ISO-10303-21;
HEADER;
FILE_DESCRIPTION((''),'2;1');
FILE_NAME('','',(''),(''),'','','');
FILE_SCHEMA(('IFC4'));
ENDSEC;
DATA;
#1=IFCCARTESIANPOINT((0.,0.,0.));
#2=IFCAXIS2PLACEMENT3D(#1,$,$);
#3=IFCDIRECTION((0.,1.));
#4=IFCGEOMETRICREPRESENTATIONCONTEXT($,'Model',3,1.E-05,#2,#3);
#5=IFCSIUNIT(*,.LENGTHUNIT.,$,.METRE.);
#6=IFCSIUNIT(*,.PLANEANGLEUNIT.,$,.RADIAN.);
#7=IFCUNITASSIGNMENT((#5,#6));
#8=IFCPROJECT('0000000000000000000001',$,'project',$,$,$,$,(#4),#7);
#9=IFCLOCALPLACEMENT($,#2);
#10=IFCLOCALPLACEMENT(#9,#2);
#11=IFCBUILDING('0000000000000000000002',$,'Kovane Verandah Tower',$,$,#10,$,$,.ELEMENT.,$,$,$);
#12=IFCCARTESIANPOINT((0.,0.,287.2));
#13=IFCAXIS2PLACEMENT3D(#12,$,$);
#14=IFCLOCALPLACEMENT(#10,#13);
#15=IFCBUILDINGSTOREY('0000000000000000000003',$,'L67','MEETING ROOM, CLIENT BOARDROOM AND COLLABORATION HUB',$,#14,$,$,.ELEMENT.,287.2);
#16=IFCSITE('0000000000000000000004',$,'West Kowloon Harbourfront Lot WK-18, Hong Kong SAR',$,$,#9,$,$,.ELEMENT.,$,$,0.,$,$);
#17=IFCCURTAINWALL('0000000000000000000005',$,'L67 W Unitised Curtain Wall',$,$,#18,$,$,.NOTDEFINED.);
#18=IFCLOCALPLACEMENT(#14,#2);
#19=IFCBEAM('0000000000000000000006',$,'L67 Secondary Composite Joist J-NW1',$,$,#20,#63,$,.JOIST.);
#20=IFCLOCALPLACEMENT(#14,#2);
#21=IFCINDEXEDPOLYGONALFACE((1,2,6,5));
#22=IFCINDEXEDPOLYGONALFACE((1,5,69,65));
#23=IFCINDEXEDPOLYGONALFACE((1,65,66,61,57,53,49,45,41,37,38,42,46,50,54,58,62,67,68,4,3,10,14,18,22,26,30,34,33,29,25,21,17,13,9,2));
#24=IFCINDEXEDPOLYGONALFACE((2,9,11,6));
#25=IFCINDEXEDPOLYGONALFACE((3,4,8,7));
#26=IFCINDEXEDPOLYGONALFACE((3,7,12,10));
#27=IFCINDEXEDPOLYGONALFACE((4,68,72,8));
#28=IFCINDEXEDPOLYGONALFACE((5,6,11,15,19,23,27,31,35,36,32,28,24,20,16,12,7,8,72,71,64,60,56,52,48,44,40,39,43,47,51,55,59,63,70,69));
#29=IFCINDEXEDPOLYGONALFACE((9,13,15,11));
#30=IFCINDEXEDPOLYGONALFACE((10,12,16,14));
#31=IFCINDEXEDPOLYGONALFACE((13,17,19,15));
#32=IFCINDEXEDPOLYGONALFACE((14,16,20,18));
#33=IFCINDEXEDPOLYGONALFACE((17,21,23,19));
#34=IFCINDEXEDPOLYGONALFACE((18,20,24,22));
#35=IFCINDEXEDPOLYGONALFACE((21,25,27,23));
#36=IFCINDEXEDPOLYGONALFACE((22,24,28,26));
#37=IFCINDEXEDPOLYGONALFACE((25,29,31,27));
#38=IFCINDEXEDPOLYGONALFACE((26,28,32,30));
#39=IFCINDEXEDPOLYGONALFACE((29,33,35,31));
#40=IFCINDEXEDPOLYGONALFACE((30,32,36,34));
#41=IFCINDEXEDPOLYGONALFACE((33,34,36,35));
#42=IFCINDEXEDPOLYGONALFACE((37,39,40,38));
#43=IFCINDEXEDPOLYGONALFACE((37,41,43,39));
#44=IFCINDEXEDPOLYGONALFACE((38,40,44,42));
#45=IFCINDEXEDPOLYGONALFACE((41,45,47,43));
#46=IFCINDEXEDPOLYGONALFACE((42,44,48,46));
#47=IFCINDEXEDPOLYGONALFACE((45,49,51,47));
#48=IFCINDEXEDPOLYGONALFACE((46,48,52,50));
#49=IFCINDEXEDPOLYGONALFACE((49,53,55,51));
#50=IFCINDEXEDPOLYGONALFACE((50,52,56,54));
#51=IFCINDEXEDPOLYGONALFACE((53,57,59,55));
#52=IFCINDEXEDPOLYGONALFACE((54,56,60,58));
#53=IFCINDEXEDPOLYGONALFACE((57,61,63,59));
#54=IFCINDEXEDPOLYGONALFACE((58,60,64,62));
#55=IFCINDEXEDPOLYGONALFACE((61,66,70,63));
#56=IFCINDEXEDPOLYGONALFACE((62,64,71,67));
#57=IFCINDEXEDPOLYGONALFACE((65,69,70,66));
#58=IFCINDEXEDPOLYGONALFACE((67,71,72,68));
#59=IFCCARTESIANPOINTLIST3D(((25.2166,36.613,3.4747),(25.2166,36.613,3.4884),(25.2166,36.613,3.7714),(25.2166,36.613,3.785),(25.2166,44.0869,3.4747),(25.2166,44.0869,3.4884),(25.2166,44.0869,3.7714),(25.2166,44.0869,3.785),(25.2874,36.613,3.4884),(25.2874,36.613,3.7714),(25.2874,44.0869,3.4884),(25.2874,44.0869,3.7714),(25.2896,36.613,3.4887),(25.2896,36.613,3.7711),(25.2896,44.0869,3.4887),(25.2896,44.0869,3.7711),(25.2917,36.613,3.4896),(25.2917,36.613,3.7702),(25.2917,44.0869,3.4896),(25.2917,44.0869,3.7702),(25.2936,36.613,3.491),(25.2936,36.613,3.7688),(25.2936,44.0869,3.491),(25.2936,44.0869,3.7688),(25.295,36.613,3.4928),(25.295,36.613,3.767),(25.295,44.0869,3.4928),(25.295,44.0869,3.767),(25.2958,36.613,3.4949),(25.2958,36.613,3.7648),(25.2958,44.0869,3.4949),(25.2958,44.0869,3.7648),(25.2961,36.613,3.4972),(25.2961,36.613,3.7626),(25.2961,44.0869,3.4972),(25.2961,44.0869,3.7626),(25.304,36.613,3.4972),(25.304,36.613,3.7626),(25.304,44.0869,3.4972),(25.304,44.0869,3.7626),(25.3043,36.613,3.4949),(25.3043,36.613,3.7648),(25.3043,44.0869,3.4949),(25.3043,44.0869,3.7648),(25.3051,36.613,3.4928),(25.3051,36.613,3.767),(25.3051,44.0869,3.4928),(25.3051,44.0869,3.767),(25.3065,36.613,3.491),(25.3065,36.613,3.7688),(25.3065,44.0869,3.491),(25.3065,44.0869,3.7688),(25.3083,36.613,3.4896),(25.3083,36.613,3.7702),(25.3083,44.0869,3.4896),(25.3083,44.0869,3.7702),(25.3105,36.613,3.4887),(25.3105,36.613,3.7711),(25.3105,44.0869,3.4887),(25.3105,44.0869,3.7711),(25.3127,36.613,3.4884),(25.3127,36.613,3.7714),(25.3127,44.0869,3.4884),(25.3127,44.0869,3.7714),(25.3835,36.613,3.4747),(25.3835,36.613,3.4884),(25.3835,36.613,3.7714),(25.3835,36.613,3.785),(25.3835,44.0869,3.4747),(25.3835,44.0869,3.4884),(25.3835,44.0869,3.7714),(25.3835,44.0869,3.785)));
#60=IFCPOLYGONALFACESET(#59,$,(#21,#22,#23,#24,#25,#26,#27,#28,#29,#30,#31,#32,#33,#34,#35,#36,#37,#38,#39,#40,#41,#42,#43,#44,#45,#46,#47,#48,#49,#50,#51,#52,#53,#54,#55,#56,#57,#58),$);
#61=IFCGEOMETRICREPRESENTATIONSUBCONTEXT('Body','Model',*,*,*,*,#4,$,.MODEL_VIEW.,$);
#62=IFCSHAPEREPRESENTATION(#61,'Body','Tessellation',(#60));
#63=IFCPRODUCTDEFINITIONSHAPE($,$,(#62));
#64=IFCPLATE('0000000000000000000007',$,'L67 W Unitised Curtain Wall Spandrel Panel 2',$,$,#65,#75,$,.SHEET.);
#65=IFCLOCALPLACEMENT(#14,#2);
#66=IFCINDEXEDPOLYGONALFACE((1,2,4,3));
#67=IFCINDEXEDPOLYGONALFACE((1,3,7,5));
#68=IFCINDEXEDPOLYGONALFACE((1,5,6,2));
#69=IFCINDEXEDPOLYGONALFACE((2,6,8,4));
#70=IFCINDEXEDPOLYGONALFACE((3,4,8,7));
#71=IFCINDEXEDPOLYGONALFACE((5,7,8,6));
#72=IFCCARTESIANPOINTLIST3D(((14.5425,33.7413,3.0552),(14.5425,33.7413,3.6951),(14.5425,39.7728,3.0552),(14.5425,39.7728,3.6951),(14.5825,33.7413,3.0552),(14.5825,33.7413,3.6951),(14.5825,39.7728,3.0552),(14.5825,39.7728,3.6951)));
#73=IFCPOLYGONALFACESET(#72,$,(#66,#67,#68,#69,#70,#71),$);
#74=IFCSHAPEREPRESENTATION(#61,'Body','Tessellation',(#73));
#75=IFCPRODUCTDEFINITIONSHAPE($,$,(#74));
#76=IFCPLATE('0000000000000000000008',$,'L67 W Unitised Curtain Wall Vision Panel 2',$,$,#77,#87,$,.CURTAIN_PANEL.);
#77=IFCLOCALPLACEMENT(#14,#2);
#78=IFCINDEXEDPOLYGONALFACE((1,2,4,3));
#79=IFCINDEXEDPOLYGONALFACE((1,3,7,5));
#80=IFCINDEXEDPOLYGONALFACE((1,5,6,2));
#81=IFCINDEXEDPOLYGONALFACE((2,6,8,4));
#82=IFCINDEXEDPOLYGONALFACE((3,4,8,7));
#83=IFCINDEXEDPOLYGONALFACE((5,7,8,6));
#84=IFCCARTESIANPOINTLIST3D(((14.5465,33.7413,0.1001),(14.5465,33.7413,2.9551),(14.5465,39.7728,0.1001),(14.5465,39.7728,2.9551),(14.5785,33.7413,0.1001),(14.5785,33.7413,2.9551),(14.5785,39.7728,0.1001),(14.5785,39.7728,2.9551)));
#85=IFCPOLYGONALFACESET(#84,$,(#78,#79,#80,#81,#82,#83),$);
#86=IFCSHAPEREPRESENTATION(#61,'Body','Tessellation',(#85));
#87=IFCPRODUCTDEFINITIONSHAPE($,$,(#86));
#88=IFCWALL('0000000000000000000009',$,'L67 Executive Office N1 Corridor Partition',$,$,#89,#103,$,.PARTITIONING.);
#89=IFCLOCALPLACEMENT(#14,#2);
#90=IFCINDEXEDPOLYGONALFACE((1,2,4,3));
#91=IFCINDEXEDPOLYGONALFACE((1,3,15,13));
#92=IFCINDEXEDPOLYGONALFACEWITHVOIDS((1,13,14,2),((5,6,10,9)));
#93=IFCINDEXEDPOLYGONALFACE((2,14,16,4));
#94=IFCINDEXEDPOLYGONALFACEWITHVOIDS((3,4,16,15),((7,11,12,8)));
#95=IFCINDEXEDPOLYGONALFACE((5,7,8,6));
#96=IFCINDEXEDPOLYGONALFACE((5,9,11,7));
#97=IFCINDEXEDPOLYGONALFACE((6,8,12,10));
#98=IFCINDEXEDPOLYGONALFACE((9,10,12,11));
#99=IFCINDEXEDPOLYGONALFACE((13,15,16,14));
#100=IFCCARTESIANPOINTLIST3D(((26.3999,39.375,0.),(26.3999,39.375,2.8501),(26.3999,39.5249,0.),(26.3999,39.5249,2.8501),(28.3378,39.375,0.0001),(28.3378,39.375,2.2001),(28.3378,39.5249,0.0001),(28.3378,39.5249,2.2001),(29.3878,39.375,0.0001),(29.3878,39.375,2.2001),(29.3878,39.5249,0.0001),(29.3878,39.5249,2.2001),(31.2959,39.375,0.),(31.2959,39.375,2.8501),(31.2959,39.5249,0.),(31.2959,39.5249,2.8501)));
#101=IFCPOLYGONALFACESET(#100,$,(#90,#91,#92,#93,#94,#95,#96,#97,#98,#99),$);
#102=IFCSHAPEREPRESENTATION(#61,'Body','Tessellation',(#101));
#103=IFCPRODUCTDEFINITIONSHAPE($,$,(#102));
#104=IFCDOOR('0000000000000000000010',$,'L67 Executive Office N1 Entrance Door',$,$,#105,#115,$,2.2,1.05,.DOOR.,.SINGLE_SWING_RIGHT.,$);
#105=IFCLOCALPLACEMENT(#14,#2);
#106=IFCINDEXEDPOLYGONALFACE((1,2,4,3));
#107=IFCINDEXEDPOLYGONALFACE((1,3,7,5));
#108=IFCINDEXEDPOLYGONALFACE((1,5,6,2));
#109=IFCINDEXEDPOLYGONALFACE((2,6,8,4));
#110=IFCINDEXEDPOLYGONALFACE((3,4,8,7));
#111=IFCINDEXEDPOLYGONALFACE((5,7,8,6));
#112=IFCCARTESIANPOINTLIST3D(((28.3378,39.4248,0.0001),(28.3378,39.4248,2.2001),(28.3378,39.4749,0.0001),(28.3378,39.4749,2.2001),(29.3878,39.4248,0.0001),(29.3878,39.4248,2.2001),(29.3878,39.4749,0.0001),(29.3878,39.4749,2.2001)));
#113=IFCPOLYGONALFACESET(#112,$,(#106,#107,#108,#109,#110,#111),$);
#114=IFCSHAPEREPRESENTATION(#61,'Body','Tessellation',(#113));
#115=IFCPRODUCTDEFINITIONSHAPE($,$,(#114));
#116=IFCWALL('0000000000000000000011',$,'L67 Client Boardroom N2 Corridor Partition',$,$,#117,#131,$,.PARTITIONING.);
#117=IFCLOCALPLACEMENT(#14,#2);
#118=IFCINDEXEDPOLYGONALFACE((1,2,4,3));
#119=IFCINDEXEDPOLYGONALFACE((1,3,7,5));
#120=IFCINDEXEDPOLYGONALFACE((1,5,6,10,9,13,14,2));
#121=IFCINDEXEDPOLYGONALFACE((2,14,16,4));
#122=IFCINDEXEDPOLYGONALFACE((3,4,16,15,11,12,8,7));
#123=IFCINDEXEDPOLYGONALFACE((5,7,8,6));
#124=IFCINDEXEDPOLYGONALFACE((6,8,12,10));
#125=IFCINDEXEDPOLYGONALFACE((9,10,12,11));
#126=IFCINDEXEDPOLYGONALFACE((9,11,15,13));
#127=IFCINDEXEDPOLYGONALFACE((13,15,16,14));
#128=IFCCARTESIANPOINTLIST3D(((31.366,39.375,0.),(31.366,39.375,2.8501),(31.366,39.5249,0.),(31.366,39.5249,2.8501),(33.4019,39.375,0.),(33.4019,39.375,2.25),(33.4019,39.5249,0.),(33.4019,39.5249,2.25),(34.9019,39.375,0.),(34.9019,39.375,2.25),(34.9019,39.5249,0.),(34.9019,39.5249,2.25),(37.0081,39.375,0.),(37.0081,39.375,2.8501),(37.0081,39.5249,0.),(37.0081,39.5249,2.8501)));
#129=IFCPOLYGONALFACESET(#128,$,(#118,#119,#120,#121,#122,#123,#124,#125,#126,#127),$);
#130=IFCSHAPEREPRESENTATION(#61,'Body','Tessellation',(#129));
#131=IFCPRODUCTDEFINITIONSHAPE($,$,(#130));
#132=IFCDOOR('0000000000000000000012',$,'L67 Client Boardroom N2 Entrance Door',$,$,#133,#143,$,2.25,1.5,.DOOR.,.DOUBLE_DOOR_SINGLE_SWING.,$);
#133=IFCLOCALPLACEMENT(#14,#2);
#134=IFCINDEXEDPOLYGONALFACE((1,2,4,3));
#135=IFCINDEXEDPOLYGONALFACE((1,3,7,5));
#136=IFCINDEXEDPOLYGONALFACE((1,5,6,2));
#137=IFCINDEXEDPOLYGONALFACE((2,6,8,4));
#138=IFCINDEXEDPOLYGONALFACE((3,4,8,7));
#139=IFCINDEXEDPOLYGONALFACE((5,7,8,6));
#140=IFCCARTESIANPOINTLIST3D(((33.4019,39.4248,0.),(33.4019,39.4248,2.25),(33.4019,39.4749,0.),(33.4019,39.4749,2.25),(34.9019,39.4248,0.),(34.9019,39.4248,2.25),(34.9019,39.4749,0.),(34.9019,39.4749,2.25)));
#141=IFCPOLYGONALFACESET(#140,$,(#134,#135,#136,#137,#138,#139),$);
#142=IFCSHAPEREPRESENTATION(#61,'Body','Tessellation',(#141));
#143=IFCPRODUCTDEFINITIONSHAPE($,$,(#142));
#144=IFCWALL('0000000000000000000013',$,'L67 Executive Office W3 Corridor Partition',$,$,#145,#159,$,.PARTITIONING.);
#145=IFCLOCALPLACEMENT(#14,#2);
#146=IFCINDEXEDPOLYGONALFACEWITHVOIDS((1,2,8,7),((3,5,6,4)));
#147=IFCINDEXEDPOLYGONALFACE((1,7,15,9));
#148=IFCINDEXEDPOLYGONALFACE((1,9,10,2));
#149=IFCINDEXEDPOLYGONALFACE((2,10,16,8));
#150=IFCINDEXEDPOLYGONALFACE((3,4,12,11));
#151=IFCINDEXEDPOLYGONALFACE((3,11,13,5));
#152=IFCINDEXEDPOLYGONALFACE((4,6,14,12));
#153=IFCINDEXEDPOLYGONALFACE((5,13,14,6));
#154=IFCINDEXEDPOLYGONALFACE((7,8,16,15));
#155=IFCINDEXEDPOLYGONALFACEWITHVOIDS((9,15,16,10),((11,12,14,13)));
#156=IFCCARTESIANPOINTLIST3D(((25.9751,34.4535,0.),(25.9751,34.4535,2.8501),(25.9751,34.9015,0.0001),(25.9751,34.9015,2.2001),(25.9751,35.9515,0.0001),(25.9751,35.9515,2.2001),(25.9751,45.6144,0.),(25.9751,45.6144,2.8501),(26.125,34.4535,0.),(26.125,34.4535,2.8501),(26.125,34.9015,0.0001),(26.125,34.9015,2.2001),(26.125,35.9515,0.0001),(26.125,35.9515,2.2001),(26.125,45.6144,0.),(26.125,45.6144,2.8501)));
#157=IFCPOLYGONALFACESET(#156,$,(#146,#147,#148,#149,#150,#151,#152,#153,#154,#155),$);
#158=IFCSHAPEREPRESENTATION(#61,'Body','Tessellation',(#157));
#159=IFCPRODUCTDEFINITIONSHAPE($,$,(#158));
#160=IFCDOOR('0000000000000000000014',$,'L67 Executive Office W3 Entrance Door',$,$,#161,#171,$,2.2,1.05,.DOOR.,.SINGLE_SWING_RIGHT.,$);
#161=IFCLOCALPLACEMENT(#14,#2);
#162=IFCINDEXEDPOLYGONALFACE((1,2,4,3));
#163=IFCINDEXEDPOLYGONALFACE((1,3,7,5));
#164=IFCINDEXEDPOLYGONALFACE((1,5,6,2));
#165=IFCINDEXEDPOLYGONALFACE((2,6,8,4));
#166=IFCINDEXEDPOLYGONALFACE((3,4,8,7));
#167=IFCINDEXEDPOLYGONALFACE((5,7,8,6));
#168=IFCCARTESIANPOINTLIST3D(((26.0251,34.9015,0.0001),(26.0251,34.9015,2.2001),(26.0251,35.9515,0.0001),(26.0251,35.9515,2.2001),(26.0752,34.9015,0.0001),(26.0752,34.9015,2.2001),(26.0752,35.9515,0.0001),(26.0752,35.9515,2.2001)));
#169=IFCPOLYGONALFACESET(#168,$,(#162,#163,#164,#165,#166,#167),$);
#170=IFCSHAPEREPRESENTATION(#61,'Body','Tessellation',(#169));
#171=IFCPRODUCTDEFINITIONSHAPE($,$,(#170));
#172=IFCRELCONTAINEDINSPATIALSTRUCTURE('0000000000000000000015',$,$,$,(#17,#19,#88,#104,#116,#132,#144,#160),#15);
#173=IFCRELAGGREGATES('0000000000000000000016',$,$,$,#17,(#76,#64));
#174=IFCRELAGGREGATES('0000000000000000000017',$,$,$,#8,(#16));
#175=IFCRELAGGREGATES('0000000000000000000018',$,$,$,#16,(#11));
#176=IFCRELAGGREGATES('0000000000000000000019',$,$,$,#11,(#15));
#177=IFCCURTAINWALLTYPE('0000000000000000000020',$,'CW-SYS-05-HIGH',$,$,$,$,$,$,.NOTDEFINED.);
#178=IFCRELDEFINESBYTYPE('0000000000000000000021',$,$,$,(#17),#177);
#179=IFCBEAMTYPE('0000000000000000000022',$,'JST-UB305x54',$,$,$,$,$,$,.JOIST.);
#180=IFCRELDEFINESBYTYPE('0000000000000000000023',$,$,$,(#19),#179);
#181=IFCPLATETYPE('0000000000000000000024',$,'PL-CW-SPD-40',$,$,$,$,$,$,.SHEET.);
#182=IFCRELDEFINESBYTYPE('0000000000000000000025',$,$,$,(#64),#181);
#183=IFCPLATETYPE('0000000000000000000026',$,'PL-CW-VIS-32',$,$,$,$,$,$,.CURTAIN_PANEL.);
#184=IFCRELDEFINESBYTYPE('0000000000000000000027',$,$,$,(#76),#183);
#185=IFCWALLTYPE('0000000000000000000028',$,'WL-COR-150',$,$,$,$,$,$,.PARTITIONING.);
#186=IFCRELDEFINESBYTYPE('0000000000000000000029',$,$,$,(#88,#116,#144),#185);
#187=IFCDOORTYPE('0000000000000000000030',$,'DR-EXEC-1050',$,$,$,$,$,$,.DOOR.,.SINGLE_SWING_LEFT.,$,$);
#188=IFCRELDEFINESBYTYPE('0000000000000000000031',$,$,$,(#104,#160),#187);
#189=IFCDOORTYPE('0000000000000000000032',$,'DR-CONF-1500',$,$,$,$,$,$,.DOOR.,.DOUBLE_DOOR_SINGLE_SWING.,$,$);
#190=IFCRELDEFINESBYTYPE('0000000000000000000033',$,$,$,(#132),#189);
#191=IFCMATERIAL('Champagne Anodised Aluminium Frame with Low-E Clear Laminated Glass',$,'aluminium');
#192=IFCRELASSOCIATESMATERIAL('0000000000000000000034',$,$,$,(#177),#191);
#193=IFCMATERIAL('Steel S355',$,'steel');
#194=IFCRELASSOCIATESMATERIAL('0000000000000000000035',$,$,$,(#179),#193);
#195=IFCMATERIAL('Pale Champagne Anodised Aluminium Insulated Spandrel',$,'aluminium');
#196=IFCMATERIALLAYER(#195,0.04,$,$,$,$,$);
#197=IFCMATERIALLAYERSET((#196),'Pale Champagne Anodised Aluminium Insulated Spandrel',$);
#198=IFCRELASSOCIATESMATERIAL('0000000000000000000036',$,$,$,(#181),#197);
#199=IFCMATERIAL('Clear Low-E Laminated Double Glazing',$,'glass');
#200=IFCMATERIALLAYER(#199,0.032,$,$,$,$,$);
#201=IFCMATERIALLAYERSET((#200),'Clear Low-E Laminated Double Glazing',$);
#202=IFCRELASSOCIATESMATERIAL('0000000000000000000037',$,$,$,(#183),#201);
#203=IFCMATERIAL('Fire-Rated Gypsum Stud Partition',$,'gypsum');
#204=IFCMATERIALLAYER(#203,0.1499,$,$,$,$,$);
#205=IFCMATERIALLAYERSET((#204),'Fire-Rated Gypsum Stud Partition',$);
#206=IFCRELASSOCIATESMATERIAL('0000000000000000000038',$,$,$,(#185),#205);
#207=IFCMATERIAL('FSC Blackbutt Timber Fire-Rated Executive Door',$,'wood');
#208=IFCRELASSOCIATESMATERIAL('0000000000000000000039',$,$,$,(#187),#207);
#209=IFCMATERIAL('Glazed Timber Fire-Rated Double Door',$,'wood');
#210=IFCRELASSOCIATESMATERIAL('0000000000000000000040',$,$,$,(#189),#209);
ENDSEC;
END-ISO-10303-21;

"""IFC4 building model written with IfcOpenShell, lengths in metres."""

from ifc_helpers import new_model, si_unit, direction, frame, frame_2d, origin, origin_2d, place, context, subcontext, project, spatial, rectangle, i_section, extrude, material, layer, layer_set, material_profile, profile_set, type_object, element, fill, aggregate, save


model = new_model("IFC4")

# Units and contexts
model_context = context("Model", 3, precision=1e-05, world=origin(), true_north=direction((0.0, 1.0)))
body_context = subcontext(model_context, "Body", "Model", "MODEL_VIEW")
ifc_project = project(units=[si_unit("LENGTHUNIT", "METRE"), si_unit("PLANEANGLEUNIT", "RADIAN")], contexts=[model_context])

# Site, building, storey
site_placement = place(None, origin())
site = spatial("IfcSite", under=ifc_project, at=site_placement, Name="West Kowloon Harbourfront Lot WK-18, Hong Kong SAR", CompositionType="ELEMENT", RefElevation=0.0)
building_placement = place(site_placement, origin())
building = spatial("IfcBuilding", under=site, at=building_placement, Name="Kovane Verandah Tower", CompositionType="ELEMENT")
storey_placement = place(building_placement, frame((0.0, 0.0, 287.2)))
storey = spatial("IfcBuildingStorey", under=building, at=storey_placement, Name="L67", Description="MEETING ROOM, CLIENT BOARDROOM AND COLLABORATION HUB", CompositionType="ELEMENT", Elevation=287.2)

# Shared definitions
ifc_material_1 = material(Name="Steel S355", Category="steel")

# Curtain wall
ifc_material_2 = material(Name="Champagne Anodised Aluminium Frame with Low-E Clear Laminated Glass", Category="aluminium")
curtain_wall_type = type_object("IfcCurtainWallType", Name="CW-SYS-05-HIGH", PredefinedType="NOTDEFINED", material=ifc_material_2)
curtain_wall_placement = place(storey_placement, origin())
curtain_wall = element("IfcCurtainWall", 1, at=curtain_wall_placement, inside=storey, type_object=curtain_wall_type, Name="L67 W Unitised Curtain Wall", PredefinedType="NOTDEFINED")

# Beam
ifc_material_profile_1 = material_profile(ifc_material_1, i_section(OverallWidth=0.167, OverallDepth=0.3103, WebThickness=0.0078, FlangeThickness=0.0137, FilletRadius=0.0088, at=origin_2d()), Name="UB305x165x54")
ifc_profile_set_1 = profile_set([ifc_material_profile_1], Name="Steel S355")
beam_type_1 = type_object("IfcBeamType", Name="JST-UB305x54", PredefinedType="JOIST", material=ifc_profile_set_1)
beam_1_placement = place(storey_placement, frame((25.3, 36.613, 3.6299), z_axis=(0.0, 1.0, 0.0), x_axis=(-1.0, 0.0, 0.0)))
element("IfcBeam", 2, at=beam_1_placement, inside=storey, type_object=beam_type_1, Name="L67 Secondary Composite Joist J-NW1", PredefinedType="JOIST", context=body_context, shape_type="SweptSolid", body=[
    extrude(i_section(OverallWidth=0.167, OverallDepth=0.3103, WebThickness=0.0078, FlangeThickness=0.0137, FilletRadius=0.0088, at=origin_2d()), origin(), (0.0, 0.0, 1.0), 7.4739),
])

# Plates
ifc_material_3 = material(Name="Pale Champagne Anodised Aluminium Insulated Spandrel", Category="aluminium")
ifc_layer_1 = layer(ifc_material_3, 0.04)
ifc_layer_set_1 = layer_set([ifc_layer_1], Name="Pale Champagne Anodised Aluminium Insulated Spandrel")
plate_type_1 = type_object("IfcPlateType", Name="PL-CW-SPD-40", PredefinedType="SHEET", material=ifc_layer_set_1)
plate_1_placement = place(storey_placement, frame((14.5625, 36.7571, 3.0552), z_axis=(0.0, 0.0, 1.0), x_axis=(0.0, -1.0, 0.0)))
plate_1 = element("IfcPlate", 3, at=plate_1_placement, type_object=plate_type_1, Name="L67 W Unitised Curtain Wall Spandrel Panel 2", PredefinedType="SHEET", context=body_context, shape_type="SweptSolid", body=[
    extrude(rectangle(XDim=6.0315, YDim=0.04, at=origin_2d()), origin(), (0.0, 0.0, 1.0), 0.6399),
])
ifc_material_4 = material(Name="Clear Low-E Laminated Double Glazing", Category="glass")
ifc_layer_2 = layer(ifc_material_4, 0.032)
ifc_layer_set_2 = layer_set([ifc_layer_2], Name="Clear Low-E Laminated Double Glazing")
plate_type_2 = type_object("IfcPlateType", Name="PL-CW-VIS-32", PredefinedType="CURTAIN_PANEL", material=ifc_layer_set_2)
plate_2_placement = place(storey_placement, frame((14.5625, 36.7571, 0.1001), z_axis=(0.0, 0.0, 1.0), x_axis=(0.0, -1.0, 0.0)))
plate_2 = element("IfcPlate", 4, at=plate_2_placement, type_object=plate_type_2, Name="L67 W Unitised Curtain Wall Vision Panel 2", PredefinedType="CURTAIN_PANEL", context=body_context, shape_type="SweptSolid", body=[
    extrude(rectangle(XDim=6.0315, YDim=0.032, at=origin_2d()), origin(), (0.0, 0.0, 1.0), 2.855),
])
aggregate(curtain_wall, [plate_2, plate_1])

# Walls, openings, doors
ifc_material_5 = material(Name="Fire-Rated Gypsum Stud Partition", Category="gypsum")
ifc_layer_3 = layer(ifc_material_5, 0.1499)
ifc_layer_set_3 = layer_set([ifc_layer_3], Name="Fire-Rated Gypsum Stud Partition")
wall_type_1 = type_object("IfcWallType", Name="WL-COR-150", PredefinedType="PARTITIONING", material=ifc_layer_set_3)
wall_1_placement = place(storey_placement, frame((26.3999, 39.45, 0.0), z_axis=(0.0, 0.0, 1.0), x_axis=(1.0, 0.0, 0.0)))
wall_1 = element("IfcWall", 5, at=wall_1_placement, inside=storey, type_object=wall_type_1, Name="L67 Executive Office N1 Corridor Partition", PredefinedType="PARTITIONING", context=body_context, shape_type="SweptSolid", body=[
    extrude(rectangle(XDim=4.896, YDim=0.1499, at=frame_2d((2.448, 0.0))), origin(), (0.0, 0.0, 1.0), 2.8501),
])
opening_1_placement = place(wall_1_placement, frame((1.938, 0.0, 0.0)))
opening_1 = element("IfcOpeningElement", 6, at=opening_1_placement, cuts=wall_1, PredefinedType="OPENING", context=body_context, shape_type="SweptSolid", body=[
    extrude(rectangle(XDim=1.05, YDim=2.2, at=frame_2d((0.5249, 1.1001))), frame((0.0, 0.075, 0.0), z_axis=(0.0, -1.0, 0.0), x_axis=(1.0, 0.0, 0.0)), (0.0, 0.0, 1.0), 0.1499),
])
ifc_material_6 = material(Name="FSC Blackbutt Timber Fire-Rated Executive Door", Category="wood")
door_type_1 = type_object("IfcDoorType", Name="DR-EXEC-1050", OperationType="SINGLE_SWING_LEFT", PredefinedType="DOOR", material=ifc_material_6)
door_1_placement = place(opening_1_placement, origin())
door_1 = element("IfcDoor", 7, at=door_1_placement, inside=storey, type_object=door_type_1, Name="L67 Executive Office N1 Entrance Door", OperationType="SINGLE_SWING_RIGHT", OverallHeight=2.2, OverallWidth=1.05, PredefinedType="DOOR", context=body_context, shape_type="SweptSolid", body=[
    extrude(rectangle(XDim=1.05, YDim=2.2, at=frame_2d((0.5249, 1.1001))), frame((0.0, 0.0249, 0.0), z_axis=(0.0, -1.0, 0.0), x_axis=(1.0, 0.0, 0.0)), (0.0, 0.0, 1.0), 0.05),
])
fill(opening_1, door_1)
wall_2_placement = place(storey_placement, frame((31.366, 39.45, 0.0), z_axis=(0.0, 0.0, 1.0), x_axis=(1.0, 0.0, 0.0)))
wall_2 = element("IfcWall", 8, at=wall_2_placement, inside=storey, type_object=wall_type_1, Name="L67 Client Boardroom N2 Corridor Partition", PredefinedType="PARTITIONING", context=body_context, shape_type="SweptSolid", body=[
    extrude(rectangle(XDim=5.6421, YDim=0.1499, at=frame_2d((2.821, 0.0))), origin(), (0.0, 0.0, 1.0), 2.8501),
])
opening_2_placement = place(wall_2_placement, frame((2.0359, 0.0, 0.0)))
opening_2 = element("IfcOpeningElement", 9, at=opening_2_placement, cuts=wall_2, PredefinedType="OPENING", context=body_context, shape_type="SweptSolid", body=[
    extrude(rectangle(XDim=1.5, YDim=2.25, at=frame_2d((0.75, 1.125))), frame((0.0, 0.075, 0.0), z_axis=(0.0, -1.0, 0.0), x_axis=(1.0, 0.0, 0.0)), (0.0, 0.0, 1.0), 0.1499),
])
ifc_material_7 = material(Name="Glazed Timber Fire-Rated Double Door", Category="wood")
door_type_2 = type_object("IfcDoorType", Name="DR-CONF-1500", OperationType="DOUBLE_DOOR_SINGLE_SWING", PredefinedType="DOOR", material=ifc_material_7)
door_2_placement = place(opening_2_placement, origin())
door_2 = element("IfcDoor", 10, at=door_2_placement, inside=storey, type_object=door_type_2, Name="L67 Client Boardroom N2 Entrance Door", OperationType="DOUBLE_DOOR_SINGLE_SWING", OverallHeight=2.25, OverallWidth=1.5, PredefinedType="DOOR", context=body_context, shape_type="SweptSolid", body=[
    extrude(rectangle(XDim=1.5, YDim=2.25, at=frame_2d((0.75, 1.125))), frame((0.0, 0.0249, 0.0), z_axis=(0.0, -1.0, 0.0), x_axis=(1.0, 0.0, 0.0)), (0.0, 0.0, 1.0), 0.05),
])
fill(opening_2, door_2)
wall_3_placement = place(storey_placement, frame((26.05, 34.4534, 0.0), z_axis=(0.0, 0.0, 1.0), x_axis=(0.0, 1.0, 0.0)))
wall_3 = element("IfcWall", 11, at=wall_3_placement, inside=storey, type_object=wall_type_1, Name="L67 Executive Office W3 Corridor Partition", PredefinedType="PARTITIONING", context=body_context, shape_type="SweptSolid", body=[
    extrude(rectangle(XDim=11.1609, YDim=0.1499, at=frame_2d((5.5806, 0.0))), origin(), (0.0, 0.0, 1.0), 2.8501),
])
opening_3_placement = place(wall_3_placement, frame((0.4482, 0.0, 0.0)))
opening_3 = element("IfcOpeningElement", 12, at=opening_3_placement, cuts=wall_3, PredefinedType="OPENING", context=body_context, shape_type="SweptSolid", body=[
    extrude(rectangle(XDim=1.05, YDim=2.2, at=frame_2d((0.5249, 1.1001))), frame((0.0, 0.075, 0.0), z_axis=(0.0, -1.0, 0.0), x_axis=(1.0, 0.0, 0.0)), (0.0, 0.0, 1.0), 0.1499),
])
door_3_placement = place(opening_3_placement, origin())
door_3 = element("IfcDoor", 13, at=door_3_placement, inside=storey, type_object=door_type_1, Name="L67 Executive Office W3 Entrance Door", OperationType="SINGLE_SWING_RIGHT", OverallHeight=2.2, OverallWidth=1.05, PredefinedType="DOOR", context=body_context, shape_type="SweptSolid", body=[
    extrude(rectangle(XDim=1.05, YDim=2.2, at=frame_2d((0.5249, 1.1001))), frame((0.0, 0.0249, 0.0), z_axis=(0.0, -1.0, 0.0), x_axis=(1.0, 0.0, 0.0)), (0.0, 0.0, 1.0), 0.05),
])
fill(opening_3, door_3)

save(model, "model.ifc")
